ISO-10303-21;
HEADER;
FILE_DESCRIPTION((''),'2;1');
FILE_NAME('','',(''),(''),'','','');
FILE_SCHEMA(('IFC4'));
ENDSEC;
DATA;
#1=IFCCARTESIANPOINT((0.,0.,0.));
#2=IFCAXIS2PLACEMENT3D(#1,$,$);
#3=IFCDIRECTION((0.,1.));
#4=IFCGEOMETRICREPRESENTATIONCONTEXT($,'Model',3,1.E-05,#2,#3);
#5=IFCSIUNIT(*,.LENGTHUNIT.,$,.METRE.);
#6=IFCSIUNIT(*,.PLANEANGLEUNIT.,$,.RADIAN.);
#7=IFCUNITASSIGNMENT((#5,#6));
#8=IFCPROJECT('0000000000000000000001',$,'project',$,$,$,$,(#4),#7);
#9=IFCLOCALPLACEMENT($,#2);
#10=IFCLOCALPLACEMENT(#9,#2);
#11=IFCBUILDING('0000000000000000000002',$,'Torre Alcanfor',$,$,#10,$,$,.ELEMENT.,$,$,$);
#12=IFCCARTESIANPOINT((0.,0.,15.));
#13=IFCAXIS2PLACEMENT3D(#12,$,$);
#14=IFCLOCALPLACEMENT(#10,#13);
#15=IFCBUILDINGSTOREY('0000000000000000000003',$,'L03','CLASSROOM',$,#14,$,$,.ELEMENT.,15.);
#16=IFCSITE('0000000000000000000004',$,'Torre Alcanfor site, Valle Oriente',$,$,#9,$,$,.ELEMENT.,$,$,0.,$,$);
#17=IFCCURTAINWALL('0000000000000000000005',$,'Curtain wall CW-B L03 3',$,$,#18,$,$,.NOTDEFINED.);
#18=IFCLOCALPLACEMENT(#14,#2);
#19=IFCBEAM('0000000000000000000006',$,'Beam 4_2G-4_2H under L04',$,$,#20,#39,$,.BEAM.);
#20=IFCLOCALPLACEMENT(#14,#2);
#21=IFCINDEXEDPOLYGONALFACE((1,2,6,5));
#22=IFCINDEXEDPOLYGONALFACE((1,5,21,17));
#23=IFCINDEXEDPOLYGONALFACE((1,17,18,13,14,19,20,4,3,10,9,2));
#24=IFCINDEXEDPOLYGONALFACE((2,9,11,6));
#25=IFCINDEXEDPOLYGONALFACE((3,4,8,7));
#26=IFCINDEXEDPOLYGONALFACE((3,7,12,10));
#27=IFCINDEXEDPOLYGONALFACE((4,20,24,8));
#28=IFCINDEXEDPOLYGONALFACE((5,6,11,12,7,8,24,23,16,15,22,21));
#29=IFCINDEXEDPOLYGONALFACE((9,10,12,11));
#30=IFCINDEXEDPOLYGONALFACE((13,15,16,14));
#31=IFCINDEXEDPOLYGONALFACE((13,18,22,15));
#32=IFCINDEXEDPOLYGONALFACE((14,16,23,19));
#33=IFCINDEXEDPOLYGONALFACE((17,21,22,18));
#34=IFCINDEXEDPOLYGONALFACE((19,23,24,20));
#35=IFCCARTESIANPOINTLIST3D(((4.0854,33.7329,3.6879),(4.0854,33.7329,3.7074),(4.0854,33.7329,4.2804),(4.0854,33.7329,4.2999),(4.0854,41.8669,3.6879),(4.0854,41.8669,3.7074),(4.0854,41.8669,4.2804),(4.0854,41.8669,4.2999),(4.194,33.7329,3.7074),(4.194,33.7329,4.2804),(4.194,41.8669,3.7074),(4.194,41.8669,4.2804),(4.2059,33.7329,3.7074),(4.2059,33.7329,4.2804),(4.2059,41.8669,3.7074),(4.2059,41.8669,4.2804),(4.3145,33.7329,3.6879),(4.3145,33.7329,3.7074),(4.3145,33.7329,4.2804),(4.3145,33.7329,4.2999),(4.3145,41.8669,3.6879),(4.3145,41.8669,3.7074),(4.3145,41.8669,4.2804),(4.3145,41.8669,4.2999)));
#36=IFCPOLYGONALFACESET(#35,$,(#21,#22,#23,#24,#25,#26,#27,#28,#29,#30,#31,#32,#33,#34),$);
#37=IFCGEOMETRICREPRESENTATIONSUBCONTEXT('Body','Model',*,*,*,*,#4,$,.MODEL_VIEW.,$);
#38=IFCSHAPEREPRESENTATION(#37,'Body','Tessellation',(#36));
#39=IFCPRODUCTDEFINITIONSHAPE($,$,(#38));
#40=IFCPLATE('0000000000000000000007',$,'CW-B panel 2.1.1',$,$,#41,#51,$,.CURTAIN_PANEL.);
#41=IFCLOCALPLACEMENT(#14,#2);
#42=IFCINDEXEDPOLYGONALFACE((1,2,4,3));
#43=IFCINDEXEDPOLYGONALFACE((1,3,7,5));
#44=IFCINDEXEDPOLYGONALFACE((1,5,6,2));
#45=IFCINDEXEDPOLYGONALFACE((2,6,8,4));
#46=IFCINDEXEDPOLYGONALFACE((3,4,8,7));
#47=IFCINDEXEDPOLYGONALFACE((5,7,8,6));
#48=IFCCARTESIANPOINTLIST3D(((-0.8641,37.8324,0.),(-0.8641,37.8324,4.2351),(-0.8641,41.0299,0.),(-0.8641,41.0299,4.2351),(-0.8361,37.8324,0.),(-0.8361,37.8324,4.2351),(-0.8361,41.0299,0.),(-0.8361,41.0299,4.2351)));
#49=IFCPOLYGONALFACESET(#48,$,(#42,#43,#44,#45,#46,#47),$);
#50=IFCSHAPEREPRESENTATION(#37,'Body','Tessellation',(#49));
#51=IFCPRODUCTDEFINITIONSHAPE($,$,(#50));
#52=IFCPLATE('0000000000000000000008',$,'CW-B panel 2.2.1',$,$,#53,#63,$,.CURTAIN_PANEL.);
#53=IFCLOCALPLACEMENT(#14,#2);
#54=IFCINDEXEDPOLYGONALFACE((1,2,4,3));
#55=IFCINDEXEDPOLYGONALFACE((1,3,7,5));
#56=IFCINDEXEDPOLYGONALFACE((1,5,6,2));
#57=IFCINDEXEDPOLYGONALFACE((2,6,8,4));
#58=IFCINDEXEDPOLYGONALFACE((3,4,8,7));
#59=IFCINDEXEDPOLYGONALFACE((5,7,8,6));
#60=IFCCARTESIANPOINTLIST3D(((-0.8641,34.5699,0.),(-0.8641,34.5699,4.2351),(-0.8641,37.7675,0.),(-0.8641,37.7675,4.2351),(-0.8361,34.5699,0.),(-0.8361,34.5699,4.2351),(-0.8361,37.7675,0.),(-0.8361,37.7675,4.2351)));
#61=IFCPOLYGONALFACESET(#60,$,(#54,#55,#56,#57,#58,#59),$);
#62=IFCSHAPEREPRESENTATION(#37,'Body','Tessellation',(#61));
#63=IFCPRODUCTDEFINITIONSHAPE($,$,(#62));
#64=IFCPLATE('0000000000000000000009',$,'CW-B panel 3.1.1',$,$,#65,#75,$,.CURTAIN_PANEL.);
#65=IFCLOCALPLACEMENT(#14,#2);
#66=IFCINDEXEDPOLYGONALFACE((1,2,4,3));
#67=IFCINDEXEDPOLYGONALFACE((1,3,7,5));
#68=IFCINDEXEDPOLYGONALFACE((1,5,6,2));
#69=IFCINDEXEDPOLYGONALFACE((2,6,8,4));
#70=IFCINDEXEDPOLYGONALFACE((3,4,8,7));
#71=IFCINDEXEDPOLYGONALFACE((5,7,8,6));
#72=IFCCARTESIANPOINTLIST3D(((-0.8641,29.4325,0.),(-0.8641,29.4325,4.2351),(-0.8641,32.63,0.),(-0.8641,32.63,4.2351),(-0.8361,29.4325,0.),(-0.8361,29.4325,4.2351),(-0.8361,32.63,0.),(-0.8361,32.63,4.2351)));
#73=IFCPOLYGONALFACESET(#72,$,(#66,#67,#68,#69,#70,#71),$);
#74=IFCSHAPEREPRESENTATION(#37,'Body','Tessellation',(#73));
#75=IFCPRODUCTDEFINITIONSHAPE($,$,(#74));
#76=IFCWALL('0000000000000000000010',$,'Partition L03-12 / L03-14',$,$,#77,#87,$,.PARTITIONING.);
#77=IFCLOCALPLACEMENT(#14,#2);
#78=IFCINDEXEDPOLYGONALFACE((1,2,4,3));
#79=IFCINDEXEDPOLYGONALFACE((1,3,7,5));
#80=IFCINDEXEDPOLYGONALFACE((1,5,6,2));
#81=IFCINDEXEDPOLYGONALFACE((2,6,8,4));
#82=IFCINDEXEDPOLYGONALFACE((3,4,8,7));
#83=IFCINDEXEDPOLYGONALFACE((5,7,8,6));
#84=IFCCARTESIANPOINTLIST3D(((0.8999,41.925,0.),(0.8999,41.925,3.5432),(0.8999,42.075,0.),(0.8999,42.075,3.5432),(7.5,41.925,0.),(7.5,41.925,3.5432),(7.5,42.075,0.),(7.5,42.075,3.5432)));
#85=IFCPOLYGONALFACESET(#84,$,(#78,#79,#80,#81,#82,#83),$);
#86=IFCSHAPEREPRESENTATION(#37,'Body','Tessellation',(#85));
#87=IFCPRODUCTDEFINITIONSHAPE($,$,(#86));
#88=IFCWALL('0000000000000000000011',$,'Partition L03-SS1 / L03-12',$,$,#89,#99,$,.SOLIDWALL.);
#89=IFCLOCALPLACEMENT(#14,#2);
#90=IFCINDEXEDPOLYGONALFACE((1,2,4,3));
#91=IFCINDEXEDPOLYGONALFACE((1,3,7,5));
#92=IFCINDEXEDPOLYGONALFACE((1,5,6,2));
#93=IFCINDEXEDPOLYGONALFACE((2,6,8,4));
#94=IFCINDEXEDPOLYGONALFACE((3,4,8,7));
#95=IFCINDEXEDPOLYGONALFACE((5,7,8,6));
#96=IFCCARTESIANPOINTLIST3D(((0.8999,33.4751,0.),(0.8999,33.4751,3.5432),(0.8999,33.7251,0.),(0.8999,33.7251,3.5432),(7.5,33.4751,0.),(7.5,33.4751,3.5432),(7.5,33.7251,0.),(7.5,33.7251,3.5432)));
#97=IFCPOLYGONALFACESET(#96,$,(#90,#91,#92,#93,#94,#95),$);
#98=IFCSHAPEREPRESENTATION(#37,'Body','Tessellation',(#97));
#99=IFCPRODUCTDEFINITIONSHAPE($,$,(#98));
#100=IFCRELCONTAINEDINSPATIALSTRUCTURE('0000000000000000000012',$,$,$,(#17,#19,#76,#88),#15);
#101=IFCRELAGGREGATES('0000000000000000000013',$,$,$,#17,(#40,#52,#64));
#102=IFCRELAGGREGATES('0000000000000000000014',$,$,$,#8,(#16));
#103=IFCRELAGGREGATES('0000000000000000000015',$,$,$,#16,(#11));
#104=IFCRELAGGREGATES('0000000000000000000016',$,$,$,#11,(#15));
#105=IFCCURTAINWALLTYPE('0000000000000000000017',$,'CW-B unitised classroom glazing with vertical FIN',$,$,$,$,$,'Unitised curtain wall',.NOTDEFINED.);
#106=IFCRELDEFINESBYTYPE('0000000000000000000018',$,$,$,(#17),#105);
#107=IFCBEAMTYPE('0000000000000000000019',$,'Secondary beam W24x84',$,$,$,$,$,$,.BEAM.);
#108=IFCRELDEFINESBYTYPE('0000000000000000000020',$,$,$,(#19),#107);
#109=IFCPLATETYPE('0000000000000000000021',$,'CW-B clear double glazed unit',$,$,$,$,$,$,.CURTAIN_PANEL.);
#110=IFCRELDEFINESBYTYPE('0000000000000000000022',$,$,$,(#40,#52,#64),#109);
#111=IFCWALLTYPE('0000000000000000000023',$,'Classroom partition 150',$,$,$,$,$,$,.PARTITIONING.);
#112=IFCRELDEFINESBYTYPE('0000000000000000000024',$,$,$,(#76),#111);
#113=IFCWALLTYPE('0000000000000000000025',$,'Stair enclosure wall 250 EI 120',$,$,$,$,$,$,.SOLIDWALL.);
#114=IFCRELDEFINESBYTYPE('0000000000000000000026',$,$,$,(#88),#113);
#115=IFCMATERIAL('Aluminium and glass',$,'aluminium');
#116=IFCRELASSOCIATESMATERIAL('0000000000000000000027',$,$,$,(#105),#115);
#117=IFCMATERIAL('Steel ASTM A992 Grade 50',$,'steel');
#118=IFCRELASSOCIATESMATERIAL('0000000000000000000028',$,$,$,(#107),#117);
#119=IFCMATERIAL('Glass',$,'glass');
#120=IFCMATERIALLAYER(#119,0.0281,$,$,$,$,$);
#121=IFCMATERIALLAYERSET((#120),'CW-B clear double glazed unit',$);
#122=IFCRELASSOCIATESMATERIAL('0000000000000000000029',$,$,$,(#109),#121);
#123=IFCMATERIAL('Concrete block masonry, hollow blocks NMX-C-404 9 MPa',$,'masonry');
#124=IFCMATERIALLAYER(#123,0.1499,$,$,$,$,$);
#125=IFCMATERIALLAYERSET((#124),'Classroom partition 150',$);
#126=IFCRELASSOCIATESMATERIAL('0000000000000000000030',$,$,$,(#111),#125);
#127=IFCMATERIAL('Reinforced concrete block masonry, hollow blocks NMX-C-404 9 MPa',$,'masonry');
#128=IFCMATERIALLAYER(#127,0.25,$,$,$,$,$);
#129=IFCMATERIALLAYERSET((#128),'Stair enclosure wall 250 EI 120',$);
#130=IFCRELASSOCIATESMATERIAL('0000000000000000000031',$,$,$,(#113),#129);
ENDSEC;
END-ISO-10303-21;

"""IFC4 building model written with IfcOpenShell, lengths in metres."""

from ifc_helpers import new_model, si_unit, direction, frame, frame_2d, origin, origin_2d, place, context, subcontext, project, spatial, rectangle, i_section, extrude, material, layer, layer_set, material_profile, profile_set, type_object, element, aggregate, save


model = new_model("IFC4")

# Units and contexts
model_context = context("Model", 3, precision=1e-05, world=origin(), true_north=direction((0.0, 1.0)))
body_context = subcontext(model_context, "Body", "Model", "MODEL_VIEW")
ifc_project = project(units=[si_unit("LENGTHUNIT", "METRE"), si_unit("PLANEANGLEUNIT", "RADIAN")], contexts=[model_context])

# Site, building, storey
site_placement = place(None, origin())
site = spatial("IfcSite", under=ifc_project, at=site_placement, Name="Torre Alcanfor site, Valle Oriente", CompositionType="ELEMENT", RefElevation=0.0)
building_placement = place(site_placement, origin())
building = spatial("IfcBuilding", under=site, at=building_placement, Name="Torre Alcanfor", CompositionType="ELEMENT")
storey_placement = place(building_placement, frame((0.0, 0.0, 15.0)))
storey = spatial("IfcBuildingStorey", under=building, at=storey_placement, Name="L03", Description="CLASSROOM", CompositionType="ELEMENT", Elevation=15.0)

# Curtain wall
ifc_material_1 = material(Name="Aluminium and glass", Category="aluminium")
curtain_wall_type = type_object("IfcCurtainWallType", Name="CW-B unitised classroom glazing with vertical FIN", ElementType="Unitised curtain wall", PredefinedType="NOTDEFINED", material=ifc_material_1)
curtain_wall_placement = place(storey_placement, origin())
curtain_wall = element("IfcCurtainWall", 1, at=curtain_wall_placement, inside=storey, type_object=curtain_wall_type, Name="Curtain wall CW-B L03 3", PredefinedType="NOTDEFINED")

# Beam
ifc_material_2 = material(Name="Steel ASTM A992 Grade 50", Category="steel")
ifc_material_profile_1 = material_profile(ifc_material_2, i_section(OverallWidth=0.229, OverallDepth=0.6121, WebThickness=0.012, FlangeThickness=0.0195, at=origin_2d()), Name="W24x84")
ifc_profile_set_1 = profile_set([ifc_material_profile_1], Name="Steel ASTM A992 Grade 50")
beam_type_1 = type_object("IfcBeamType", Name="Secondary beam W24x84", PredefinedType="BEAM", material=ifc_profile_set_1)
beam_placement = place(storey_placement, frame((4.2, 33.7329, 3.9939), z_axis=(0.0, 1.0, 0.0), x_axis=(-1.0, 0.0, 0.0)))
element("IfcBeam", 2, at=beam_placement, inside=storey, type_object=beam_type_1, Name="Beam 4_2G-4_2H under L04", PredefinedType="BEAM", context=body_context, shape_type="SweptSolid", body=[
    extrude(i_section(OverallWidth=0.229, OverallDepth=0.6121, WebThickness=0.012, FlangeThickness=0.0195, at=origin_2d()), origin(), (0.0, 0.0, 1.0), 8.134),
])

# Plates
ifc_material_3 = material(Name="Glass", Category="glass")
ifc_layer_1 = layer(ifc_material_3, 0.0281)
ifc_layer_set_1 = layer_set([ifc_layer_1], Name="CW-B clear double glazed unit")
plate_type = type_object("IfcPlateType", Name="CW-B clear double glazed unit", PredefinedType="CURTAIN_PANEL", material=ifc_layer_set_1)
plate_1_placement = place(storey_placement, frame((-0.8501, 39.4312, 0.0), z_axis=(0.0, 0.0, 1.0), x_axis=(0.0, -1.0, 0.0)))
plate_1 = element("IfcPlate", 3, at=plate_1_placement, type_object=plate_type, Name="CW-B panel 2.1.1", PredefinedType="CURTAIN_PANEL", context=body_context, shape_type="SweptSolid", body=[
    extrude(rectangle(XDim=3.1975, YDim=0.0281, at=origin_2d()), origin(), (0.0, 0.0, 1.0), 4.2351),
])
plate_2_placement = place(storey_placement, frame((-0.8501, 36.1687, 0.0), z_axis=(0.0, 0.0, 1.0), x_axis=(0.0, -1.0, 0.0)))
plate_2 = element("IfcPlate", 4, at=plate_2_placement, type_object=plate_type, Name="CW-B panel 2.2.1", PredefinedType="CURTAIN_PANEL", context=body_context, shape_type="SweptSolid", body=[
    extrude(rectangle(XDim=3.1975, YDim=0.0281, at=origin_2d()), origin(), (0.0, 0.0, 1.0), 4.2351),
])
plate_3_placement = place(storey_placement, frame((-0.8501, 31.0312, 0.0), z_axis=(0.0, 0.0, 1.0), x_axis=(0.0, -1.0, 0.0)))
plate_3 = element("IfcPlate", 5, at=plate_3_placement, type_object=plate_type, Name="CW-B panel 3.1.1", PredefinedType="CURTAIN_PANEL", context=body_context, shape_type="SweptSolid", body=[
    extrude(rectangle(XDim=3.1975, YDim=0.0281, at=origin_2d()), origin(), (0.0, 0.0, 1.0), 4.2351),
])
aggregate(curtain_wall, [plate_1, plate_2, plate_3])

# Walls
ifc_material_4 = material(Name="Concrete block masonry, hollow blocks NMX-C-404 9 MPa", Category="masonry")
ifc_layer_2 = layer(ifc_material_4, 0.1499)
ifc_layer_set_2 = layer_set([ifc_layer_2], Name="Classroom partition 150")
wall_type_1 = type_object("IfcWallType", Name="Classroom partition 150", PredefinedType="PARTITIONING", material=ifc_layer_set_2)
wall_1_placement = place(storey_placement, frame((0.8999, 42.0, 0.0), z_axis=(0.0, 0.0, 1.0), x_axis=(1.0, 0.0, 0.0)))
element("IfcWall", 6, at=wall_1_placement, inside=storey, type_object=wall_type_1, Name="Partition L03-12 / L03-14", PredefinedType="PARTITIONING", context=body_context, shape_type="SweptSolid", body=[
    extrude(rectangle(XDim=6.6001, YDim=0.1499, at=frame_2d((3.3, 0.0))), origin(), (0.0, 0.0, 1.0), 3.5432),
])
ifc_material_5 = material(Name="Reinforced concrete block masonry, hollow blocks NMX-C-404 9 MPa", Category="masonry")
ifc_layer_3 = layer(ifc_material_5, 0.25)
ifc_layer_set_3 = layer_set([ifc_layer_3], Name="Stair enclosure wall 250 EI 120")
wall_type_2 = type_object("IfcWallType", Name="Stair enclosure wall 250 EI 120", PredefinedType="SOLIDWALL", material=ifc_layer_set_3)
wall_2_placement = place(storey_placement, frame((0.8999, 33.6001, 0.0), z_axis=(0.0, 0.0, 1.0), x_axis=(1.0, 0.0, 0.0)))
element("IfcWall", 7, at=wall_2_placement, inside=storey, type_object=wall_type_2, Name="Partition L03-SS1 / L03-12", PredefinedType="SOLIDWALL", context=body_context, shape_type="SweptSolid", body=[
    extrude(rectangle(XDim=6.6001, YDim=0.25, at=frame_2d((3.3, 0.0))), origin(), (0.0, 0.0, 1.0), 3.5432),
])

save(model, "model.ifc")
